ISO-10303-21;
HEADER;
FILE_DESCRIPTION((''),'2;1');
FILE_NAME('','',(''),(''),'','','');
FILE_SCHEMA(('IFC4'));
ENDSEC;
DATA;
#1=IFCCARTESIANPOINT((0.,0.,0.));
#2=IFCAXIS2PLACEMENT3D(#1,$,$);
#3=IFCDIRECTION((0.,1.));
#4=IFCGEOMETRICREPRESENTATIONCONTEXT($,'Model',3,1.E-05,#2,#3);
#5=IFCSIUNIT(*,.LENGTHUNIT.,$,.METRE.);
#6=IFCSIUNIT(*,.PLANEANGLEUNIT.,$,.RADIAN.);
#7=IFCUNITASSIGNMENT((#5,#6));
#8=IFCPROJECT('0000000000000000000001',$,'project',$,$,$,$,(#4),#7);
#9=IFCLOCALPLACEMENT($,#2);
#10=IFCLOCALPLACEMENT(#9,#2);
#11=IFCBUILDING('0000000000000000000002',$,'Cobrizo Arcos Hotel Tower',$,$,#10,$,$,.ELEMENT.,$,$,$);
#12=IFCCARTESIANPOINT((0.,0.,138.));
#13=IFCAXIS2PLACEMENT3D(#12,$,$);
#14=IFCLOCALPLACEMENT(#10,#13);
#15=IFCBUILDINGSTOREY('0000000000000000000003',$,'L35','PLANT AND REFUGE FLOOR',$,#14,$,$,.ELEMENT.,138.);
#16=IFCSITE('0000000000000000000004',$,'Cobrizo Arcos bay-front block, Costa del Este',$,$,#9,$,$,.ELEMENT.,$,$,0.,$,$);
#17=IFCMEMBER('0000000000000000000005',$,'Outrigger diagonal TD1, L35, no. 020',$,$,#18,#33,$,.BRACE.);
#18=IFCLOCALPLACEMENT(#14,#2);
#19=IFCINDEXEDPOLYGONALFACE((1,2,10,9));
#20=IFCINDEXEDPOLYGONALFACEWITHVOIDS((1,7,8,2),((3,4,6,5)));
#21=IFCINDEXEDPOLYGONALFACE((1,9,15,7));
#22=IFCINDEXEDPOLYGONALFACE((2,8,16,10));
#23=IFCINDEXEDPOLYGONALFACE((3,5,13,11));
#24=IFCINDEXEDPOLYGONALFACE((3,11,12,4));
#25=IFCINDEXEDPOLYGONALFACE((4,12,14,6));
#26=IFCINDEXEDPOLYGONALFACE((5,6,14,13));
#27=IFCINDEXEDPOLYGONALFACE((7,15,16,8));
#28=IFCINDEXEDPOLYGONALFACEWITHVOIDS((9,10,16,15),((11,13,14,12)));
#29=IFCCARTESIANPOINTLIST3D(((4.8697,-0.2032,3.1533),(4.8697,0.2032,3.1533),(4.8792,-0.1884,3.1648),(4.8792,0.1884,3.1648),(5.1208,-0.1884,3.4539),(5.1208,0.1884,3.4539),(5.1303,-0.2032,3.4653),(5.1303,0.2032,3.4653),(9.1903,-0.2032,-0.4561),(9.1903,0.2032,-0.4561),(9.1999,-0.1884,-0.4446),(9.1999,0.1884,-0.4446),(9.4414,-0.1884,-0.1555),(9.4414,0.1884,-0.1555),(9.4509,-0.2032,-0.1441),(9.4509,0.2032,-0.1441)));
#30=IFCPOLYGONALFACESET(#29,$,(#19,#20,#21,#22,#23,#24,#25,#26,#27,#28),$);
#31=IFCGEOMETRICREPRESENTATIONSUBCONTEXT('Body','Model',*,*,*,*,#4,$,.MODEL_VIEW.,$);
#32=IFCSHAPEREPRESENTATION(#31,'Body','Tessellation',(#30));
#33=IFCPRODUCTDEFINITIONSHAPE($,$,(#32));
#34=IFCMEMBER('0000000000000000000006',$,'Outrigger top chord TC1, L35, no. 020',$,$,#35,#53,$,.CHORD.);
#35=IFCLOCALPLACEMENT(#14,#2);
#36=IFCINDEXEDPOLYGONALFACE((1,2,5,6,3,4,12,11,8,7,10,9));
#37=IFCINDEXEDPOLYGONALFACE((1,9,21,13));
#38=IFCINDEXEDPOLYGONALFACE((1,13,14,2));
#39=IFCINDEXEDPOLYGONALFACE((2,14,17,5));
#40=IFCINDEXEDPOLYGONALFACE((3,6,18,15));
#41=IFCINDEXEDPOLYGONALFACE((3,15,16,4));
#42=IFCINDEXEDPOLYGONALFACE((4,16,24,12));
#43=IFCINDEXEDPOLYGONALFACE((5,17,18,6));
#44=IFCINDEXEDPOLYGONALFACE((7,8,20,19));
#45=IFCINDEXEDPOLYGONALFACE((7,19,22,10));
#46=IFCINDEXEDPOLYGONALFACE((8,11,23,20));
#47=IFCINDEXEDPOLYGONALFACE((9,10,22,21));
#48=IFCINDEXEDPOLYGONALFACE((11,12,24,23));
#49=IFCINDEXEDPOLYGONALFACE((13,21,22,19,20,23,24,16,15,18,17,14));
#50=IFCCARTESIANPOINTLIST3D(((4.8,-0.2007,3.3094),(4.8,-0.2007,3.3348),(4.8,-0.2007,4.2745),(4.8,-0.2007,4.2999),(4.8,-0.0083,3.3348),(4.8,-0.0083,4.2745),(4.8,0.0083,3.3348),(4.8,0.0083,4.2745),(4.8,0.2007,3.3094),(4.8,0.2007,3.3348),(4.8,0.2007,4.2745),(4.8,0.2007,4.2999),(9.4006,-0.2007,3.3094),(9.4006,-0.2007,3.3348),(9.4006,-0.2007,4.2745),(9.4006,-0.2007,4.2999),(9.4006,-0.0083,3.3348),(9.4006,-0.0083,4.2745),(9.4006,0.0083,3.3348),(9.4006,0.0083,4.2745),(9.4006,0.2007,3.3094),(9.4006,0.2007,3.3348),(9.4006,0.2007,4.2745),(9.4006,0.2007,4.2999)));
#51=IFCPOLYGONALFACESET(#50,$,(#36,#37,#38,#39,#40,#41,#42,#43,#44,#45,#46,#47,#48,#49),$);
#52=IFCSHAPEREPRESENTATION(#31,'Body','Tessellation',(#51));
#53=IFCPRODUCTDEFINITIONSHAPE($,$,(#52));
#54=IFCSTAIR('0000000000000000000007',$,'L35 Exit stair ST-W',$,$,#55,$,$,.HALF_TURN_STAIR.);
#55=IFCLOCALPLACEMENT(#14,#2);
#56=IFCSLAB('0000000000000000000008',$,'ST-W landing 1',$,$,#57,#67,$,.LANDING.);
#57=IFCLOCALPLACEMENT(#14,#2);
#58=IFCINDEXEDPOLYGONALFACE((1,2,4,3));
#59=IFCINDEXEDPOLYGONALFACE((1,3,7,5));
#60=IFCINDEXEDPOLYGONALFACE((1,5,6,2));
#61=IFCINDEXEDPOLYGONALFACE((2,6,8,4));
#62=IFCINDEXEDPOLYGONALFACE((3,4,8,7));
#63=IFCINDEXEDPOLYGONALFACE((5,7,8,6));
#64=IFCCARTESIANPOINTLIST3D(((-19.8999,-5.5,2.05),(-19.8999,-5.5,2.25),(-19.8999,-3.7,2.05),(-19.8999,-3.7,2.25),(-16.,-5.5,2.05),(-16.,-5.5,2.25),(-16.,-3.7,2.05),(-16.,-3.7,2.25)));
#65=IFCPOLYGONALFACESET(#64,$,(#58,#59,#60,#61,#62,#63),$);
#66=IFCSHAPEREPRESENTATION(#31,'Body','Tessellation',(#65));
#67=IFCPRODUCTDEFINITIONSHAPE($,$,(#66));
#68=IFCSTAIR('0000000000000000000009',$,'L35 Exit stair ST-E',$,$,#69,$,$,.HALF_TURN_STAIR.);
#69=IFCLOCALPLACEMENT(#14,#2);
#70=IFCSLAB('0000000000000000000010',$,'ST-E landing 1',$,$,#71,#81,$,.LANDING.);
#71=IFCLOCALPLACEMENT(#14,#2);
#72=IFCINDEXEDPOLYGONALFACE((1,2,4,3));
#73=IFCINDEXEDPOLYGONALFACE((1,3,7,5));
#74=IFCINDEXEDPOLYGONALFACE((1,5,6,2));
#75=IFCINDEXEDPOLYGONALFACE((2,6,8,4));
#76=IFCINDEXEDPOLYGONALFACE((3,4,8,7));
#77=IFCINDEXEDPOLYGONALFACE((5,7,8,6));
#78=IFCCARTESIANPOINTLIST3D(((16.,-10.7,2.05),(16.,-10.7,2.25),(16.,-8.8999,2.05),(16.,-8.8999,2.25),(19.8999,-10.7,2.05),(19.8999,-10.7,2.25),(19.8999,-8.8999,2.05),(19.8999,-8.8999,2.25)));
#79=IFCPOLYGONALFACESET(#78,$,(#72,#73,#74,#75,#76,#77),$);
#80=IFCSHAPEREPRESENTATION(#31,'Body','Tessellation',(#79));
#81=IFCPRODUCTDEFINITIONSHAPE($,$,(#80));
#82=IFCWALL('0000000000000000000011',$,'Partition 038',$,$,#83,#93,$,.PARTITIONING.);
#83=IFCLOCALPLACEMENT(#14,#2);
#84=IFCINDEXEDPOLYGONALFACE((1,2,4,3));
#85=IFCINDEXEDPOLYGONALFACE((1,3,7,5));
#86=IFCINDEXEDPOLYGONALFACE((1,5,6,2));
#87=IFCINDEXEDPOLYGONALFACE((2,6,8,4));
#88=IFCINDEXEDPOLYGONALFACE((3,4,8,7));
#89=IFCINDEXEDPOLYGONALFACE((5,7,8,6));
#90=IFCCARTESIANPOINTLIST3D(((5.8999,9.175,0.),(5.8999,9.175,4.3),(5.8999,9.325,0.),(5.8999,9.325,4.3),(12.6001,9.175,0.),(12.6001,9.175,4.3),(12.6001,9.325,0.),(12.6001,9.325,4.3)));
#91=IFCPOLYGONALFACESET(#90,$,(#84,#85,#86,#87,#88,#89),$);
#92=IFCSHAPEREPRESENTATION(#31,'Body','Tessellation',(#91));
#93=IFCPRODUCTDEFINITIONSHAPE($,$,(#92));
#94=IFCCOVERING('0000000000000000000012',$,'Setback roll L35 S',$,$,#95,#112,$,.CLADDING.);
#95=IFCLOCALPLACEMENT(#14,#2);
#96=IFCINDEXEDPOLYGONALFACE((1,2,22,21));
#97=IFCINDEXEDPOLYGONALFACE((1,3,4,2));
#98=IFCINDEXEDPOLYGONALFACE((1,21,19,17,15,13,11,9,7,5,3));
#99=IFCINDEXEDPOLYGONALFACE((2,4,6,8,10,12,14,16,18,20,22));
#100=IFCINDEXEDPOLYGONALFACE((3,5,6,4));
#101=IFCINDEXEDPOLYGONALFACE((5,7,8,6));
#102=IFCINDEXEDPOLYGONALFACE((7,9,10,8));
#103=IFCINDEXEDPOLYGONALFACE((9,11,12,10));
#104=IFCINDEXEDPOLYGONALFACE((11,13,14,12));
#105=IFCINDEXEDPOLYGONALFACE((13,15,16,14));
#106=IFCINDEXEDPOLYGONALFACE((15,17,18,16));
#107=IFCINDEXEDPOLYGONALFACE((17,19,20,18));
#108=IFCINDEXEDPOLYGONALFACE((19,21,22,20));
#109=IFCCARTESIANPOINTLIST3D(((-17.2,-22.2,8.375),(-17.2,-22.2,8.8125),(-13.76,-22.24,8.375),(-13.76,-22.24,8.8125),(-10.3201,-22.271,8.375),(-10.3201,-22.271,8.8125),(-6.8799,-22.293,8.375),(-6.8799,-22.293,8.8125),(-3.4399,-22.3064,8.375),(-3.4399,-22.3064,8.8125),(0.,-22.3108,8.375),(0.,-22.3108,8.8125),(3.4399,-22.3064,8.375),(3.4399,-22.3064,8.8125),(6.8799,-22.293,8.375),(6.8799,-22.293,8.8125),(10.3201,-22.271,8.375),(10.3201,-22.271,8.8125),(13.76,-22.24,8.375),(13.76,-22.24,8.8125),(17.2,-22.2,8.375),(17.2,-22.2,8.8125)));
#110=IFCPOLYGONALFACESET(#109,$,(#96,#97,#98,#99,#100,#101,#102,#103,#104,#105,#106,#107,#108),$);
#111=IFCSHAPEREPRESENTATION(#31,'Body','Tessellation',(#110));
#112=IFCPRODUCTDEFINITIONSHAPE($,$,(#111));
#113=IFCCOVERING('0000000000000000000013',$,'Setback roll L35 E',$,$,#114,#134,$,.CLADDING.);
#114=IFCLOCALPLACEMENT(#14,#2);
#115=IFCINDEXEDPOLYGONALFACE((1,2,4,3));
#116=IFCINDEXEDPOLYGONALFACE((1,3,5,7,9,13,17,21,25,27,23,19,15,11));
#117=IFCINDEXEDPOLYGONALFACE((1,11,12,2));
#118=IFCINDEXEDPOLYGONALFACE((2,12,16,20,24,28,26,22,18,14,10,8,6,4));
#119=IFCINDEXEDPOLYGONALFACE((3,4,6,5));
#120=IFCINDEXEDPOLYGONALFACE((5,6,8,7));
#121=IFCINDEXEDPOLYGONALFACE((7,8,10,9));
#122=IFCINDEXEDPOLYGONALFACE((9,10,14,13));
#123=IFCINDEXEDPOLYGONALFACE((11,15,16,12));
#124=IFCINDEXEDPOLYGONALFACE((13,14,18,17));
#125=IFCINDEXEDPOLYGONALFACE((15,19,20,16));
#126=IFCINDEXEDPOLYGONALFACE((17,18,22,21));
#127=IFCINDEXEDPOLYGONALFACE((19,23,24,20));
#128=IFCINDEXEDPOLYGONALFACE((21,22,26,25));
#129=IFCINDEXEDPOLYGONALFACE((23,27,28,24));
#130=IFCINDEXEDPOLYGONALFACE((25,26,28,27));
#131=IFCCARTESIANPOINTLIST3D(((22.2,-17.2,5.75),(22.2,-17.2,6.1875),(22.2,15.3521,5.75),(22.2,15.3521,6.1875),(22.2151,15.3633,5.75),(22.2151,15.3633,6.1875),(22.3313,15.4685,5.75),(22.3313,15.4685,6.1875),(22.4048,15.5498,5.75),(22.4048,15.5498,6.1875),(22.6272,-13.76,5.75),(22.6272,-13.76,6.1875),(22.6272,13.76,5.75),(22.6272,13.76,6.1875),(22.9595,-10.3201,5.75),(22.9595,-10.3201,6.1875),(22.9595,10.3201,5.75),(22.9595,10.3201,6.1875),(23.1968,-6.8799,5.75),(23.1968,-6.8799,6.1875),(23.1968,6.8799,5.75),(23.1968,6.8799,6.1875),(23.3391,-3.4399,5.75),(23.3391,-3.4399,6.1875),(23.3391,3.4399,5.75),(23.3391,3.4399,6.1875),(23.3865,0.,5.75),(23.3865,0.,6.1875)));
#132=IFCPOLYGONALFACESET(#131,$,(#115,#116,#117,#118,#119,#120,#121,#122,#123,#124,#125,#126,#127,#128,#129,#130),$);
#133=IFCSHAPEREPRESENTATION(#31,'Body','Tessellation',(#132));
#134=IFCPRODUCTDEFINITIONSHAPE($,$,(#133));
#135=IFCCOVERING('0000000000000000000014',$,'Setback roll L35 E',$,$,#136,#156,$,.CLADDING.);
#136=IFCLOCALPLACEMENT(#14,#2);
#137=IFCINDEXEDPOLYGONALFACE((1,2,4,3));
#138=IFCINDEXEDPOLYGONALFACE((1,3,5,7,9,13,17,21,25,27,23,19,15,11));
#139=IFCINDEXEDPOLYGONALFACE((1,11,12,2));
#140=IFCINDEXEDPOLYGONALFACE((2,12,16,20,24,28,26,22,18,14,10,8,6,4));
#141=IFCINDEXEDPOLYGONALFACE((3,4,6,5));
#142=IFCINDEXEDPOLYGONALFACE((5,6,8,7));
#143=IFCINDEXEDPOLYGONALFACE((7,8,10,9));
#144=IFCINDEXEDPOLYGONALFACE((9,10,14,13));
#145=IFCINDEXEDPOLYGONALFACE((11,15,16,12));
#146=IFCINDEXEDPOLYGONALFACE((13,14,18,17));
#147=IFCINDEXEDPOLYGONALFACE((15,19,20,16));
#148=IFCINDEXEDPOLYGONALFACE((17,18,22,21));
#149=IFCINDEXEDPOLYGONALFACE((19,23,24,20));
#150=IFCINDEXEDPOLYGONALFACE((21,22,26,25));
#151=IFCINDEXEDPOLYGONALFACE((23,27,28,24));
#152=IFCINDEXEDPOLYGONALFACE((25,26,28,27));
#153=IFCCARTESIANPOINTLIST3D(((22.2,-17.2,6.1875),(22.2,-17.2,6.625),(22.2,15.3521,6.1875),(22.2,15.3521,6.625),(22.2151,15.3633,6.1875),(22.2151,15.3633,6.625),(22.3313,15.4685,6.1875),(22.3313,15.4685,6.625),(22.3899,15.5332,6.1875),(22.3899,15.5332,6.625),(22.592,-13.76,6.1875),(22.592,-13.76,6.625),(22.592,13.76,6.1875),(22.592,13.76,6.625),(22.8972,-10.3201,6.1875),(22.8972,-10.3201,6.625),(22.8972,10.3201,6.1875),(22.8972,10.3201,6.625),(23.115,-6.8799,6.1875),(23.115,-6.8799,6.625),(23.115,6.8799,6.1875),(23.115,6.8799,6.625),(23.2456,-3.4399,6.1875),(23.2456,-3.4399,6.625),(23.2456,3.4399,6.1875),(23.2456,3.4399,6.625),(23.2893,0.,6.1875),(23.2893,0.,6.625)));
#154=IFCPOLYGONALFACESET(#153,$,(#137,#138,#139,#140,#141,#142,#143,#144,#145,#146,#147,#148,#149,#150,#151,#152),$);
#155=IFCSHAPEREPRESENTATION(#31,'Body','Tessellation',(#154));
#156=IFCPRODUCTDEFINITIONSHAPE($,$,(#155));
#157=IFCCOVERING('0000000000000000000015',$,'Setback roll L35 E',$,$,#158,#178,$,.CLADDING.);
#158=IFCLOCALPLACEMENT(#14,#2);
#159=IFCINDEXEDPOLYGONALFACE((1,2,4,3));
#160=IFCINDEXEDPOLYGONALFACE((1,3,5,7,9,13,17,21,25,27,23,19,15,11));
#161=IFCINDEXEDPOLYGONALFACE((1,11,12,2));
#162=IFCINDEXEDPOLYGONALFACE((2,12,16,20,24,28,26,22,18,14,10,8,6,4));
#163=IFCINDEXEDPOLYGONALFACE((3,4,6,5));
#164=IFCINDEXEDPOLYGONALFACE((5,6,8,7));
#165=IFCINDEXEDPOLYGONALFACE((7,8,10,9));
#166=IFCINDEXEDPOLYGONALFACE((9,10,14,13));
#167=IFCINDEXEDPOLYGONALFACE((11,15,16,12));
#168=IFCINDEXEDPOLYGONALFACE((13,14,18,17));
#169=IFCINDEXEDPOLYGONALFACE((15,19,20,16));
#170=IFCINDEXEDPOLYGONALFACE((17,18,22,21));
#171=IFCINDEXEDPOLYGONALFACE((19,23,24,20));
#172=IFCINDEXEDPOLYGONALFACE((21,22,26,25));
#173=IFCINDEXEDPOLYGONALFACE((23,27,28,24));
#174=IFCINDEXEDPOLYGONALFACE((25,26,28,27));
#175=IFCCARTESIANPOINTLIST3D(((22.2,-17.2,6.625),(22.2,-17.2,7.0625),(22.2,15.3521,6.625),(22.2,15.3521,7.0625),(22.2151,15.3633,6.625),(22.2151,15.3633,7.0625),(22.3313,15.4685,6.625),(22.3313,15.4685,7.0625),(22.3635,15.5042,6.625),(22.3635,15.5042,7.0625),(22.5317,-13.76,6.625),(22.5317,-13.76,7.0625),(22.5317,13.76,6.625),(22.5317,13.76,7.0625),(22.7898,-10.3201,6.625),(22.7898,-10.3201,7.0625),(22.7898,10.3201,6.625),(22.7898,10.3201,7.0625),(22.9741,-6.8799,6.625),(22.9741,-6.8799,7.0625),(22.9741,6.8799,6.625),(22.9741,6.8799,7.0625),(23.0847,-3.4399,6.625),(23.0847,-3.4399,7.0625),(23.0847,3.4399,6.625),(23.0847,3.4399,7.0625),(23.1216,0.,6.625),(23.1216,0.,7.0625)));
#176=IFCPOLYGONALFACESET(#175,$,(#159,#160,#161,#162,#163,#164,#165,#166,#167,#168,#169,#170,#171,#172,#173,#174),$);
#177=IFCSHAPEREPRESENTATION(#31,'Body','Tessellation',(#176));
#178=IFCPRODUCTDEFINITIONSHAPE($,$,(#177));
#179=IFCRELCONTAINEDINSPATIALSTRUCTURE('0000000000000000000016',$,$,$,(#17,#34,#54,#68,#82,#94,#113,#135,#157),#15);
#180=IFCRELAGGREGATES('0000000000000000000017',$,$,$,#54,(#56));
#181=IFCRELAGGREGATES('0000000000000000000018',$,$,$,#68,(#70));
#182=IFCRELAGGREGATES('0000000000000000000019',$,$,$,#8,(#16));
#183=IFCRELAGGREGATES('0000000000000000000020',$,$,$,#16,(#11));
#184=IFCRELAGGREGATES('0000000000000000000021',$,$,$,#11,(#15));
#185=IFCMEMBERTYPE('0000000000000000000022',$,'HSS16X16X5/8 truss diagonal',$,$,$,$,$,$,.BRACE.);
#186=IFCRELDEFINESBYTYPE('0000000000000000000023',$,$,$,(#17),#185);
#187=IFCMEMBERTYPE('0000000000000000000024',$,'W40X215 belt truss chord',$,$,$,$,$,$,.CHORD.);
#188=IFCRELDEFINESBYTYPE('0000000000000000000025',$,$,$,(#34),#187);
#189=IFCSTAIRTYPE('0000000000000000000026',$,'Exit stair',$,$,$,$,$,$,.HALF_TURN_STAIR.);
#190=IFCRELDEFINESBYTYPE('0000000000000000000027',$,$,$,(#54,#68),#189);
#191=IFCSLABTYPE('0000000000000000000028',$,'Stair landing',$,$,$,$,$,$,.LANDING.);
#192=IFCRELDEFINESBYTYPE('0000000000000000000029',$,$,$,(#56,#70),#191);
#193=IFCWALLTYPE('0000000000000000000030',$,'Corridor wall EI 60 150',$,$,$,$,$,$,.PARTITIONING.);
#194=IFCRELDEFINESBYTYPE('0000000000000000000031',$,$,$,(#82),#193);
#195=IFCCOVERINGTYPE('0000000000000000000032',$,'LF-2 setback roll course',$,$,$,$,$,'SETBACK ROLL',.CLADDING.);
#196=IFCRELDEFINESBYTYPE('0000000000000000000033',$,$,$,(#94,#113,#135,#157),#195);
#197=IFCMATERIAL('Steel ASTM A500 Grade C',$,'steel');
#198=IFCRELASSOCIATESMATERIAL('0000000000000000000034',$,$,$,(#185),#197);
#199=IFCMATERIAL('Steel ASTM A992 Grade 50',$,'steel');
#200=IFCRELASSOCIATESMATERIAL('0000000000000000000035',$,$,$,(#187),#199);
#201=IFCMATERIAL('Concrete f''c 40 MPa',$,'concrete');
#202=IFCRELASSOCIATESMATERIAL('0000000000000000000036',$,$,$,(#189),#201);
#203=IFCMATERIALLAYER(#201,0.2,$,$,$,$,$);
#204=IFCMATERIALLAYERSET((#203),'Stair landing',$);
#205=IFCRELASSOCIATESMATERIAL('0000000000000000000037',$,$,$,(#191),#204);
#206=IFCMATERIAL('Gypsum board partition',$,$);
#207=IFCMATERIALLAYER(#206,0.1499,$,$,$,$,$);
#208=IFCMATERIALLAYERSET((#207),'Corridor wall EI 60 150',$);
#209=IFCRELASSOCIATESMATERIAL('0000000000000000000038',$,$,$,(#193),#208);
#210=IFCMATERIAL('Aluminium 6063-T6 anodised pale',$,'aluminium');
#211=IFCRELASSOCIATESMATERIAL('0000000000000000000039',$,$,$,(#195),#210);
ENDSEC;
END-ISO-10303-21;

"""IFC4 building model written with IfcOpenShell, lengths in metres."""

from ifc_helpers import new_model, si_unit, direction, frame, frame_2d, origin, origin_2d, place, context, subcontext, project, spatial, polyline, rectangle, hollow_rectangle, i_section, outline, extrude, material, layer, layer_set, material_profile, profile_set, type_object, element, aggregate, save


model = new_model("IFC4")

# Units and contexts
model_context = context("Model", 3, precision=1e-05, world=origin(), true_north=direction((0.0, 1.0)))
body_context = subcontext(model_context, "Body", "Model", "MODEL_VIEW")
ifc_project = project(units=[si_unit("LENGTHUNIT", "METRE"), si_unit("PLANEANGLEUNIT", "RADIAN")], contexts=[model_context])

# Site, building, storey
site_placement = place(None, origin())
site = spatial("IfcSite", under=ifc_project, at=site_placement, Name="Cobrizo Arcos bay-front block, Costa del Este", CompositionType="ELEMENT", RefElevation=0.0)
building_placement = place(site_placement, origin())
building = spatial("IfcBuilding", under=site, at=building_placement, Name="Cobrizo Arcos Hotel Tower", CompositionType="ELEMENT")
storey_placement = place(building_placement, frame((0.0, 0.0, 138.0)))
storey = spatial("IfcBuildingStorey", under=building, at=storey_placement, Name="L35", Description="PLANT AND REFUGE FLOOR", CompositionType="ELEMENT", Elevation=138.0)

# Members
ifc_material_1 = material(Name="Steel ASTM A500 Grade C", Category="steel")
ifc_material_profile_1 = material_profile(ifc_material_1, hollow_rectangle(XDim=0.4065, YDim=0.4065, WallThickness=0.0149, at=origin_2d()), Name="HSS16X16X5/8")
ifc_profile_set_1 = profile_set([ifc_material_profile_1], Name="Steel ASTM A500 Grade C")
member_type_1 = type_object("IfcMemberType", Name="HSS16X16X5/8 truss diagonal", PredefinedType="BRACE", material=ifc_profile_set_1)
member_1_placement = place(storey_placement, frame((5.0, 0.0, 3.3093), z_axis=(0.767442, 0.0, -0.641118), x_axis=(0.0, 1.0, 0.0)))
element("IfcMember", 1, at=member_1_placement, inside=storey, type_object=member_type_1, Name="Outrigger diagonal TD1, L35, no. 020", PredefinedType="BRACE", context=body_context, shape_type="SweptSolid", body=[
    extrude(hollow_rectangle(XDim=0.4065, YDim=0.4065, WallThickness=0.0149, at=origin_2d()), origin(), (0.0, 0.0, 1.0), 5.6299),
])
ifc_material_2 = material(Name="Steel ASTM A992 Grade 50", Category="steel")
ifc_material_profile_2 = material_profile(ifc_material_2, i_section(OverallWidth=0.4014, OverallDepth=0.9905, WebThickness=0.0166, FlangeThickness=0.0254, at=origin_2d()), Name="W40X215")
ifc_profile_set_2 = profile_set([ifc_material_profile_2], Name="Steel ASTM A992 Grade 50")
member_type_2 = type_object("IfcMemberType", Name="W40X215 belt truss chord", PredefinedType="CHORD", material=ifc_profile_set_2)
member_2_placement = place(storey_placement, frame((4.8, 0.0, 3.8047), z_axis=(1.0, 0.0, 0.0), x_axis=(0.0, 1.0, 0.0)))
element("IfcMember", 2, at=member_2_placement, inside=storey, type_object=member_type_2, Name="Outrigger top chord TC1, L35, no. 020", PredefinedType="CHORD", context=body_context, shape_type="SweptSolid", body=[
    extrude(i_section(OverallWidth=0.4014, OverallDepth=0.9905, WebThickness=0.0166, FlangeThickness=0.0254, at=origin_2d()), origin(), (0.0, 0.0, 1.0), 4.6006),
])

# Stairs, slabs
ifc_material_3 = material(Name="Concrete f'c 40 MPa", Category="concrete")
stair_type = type_object("IfcStairType", Name="Exit stair", PredefinedType="HALF_TURN_STAIR", material=ifc_material_3)
stair_1_placement = place(storey_placement, origin())
stair_1 = element("IfcStair", 3, at=stair_1_placement, inside=storey, type_object=stair_type, Name="L35 Exit stair ST-W", PredefinedType="HALF_TURN_STAIR")
ifc_layer_1 = layer(ifc_material_3, 0.2)
ifc_layer_set_1 = layer_set([ifc_layer_1], Name="Stair landing")
slab_type = type_object("IfcSlabType", Name="Stair landing", PredefinedType="LANDING", material=ifc_layer_set_1)
slab_1_placement = place(storey_placement, frame((0.0, 0.0, 2.05)))
slab_1 = element("IfcSlab", 4, at=slab_1_placement, type_object=slab_type, Name="ST-W landing 1", PredefinedType="LANDING", context=body_context, shape_type="SweptSolid", body=[
    extrude(outline(polyline([(-16.0, -5.5), (-16.0, -3.7), (-19.8999, -3.7), (-19.8999, -5.5), (-16.0, -5.5)])), origin(), (0.0, 0.0, 1.0), 0.2),
])
aggregate(stair_1, [slab_1])
stair_2_placement = place(storey_placement, origin())
stair_2 = element("IfcStair", 5, at=stair_2_placement, inside=storey, type_object=stair_type, Name="L35 Exit stair ST-E", PredefinedType="HALF_TURN_STAIR")
slab_2_placement = place(storey_placement, frame((0.0, 0.0, 2.05)))
slab_2 = element("IfcSlab", 6, at=slab_2_placement, type_object=slab_type, Name="ST-E landing 1", PredefinedType="LANDING", context=body_context, shape_type="SweptSolid", body=[
    extrude(outline(polyline([(16.0, -8.8999), (16.0, -10.7), (19.8999, -10.7), (19.8999, -8.8999), (16.0, -8.8999)])), origin(), (0.0, 0.0, 1.0), 0.2),
])
aggregate(stair_2, [slab_2])

# Wall
ifc_material_4 = material(Name="Gypsum board partition")
ifc_layer_2 = layer(ifc_material_4, 0.1499)
ifc_layer_set_2 = layer_set([ifc_layer_2], Name="Corridor wall EI 60 150")
wall_type = type_object("IfcWallType", Name="Corridor wall EI 60 150", PredefinedType="PARTITIONING", material=ifc_layer_set_2)
wall_placement = place(storey_placement, frame((5.8999, 9.25, 0.0), z_axis=(0.0, 0.0, 1.0), x_axis=(1.0, 0.0, 0.0)))
element("IfcWall", 7, at=wall_placement, inside=storey, type_object=wall_type, Name="Partition 038", PredefinedType="PARTITIONING", context=body_context, shape_type="SweptSolid", body=[
    extrude(rectangle(XDim=6.7002, YDim=0.1499, at=frame_2d((3.3501, 0.0))), origin(), (0.0, 0.0, 1.0), 4.3),
])

# Coverings
ifc_material_5 = material(Name="Aluminium 6063-T6 anodised pale", Category="aluminium")
covering_type = type_object("IfcCoveringType", Name="LF-2 setback roll course", ElementType="SETBACK ROLL", PredefinedType="CLADDING", material=ifc_material_5)
covering_1_placement = place(storey_placement, frame((0.0, 0.0, 8.375)))
element("IfcCovering", 8, at=covering_1_placement, inside=storey, type_object=covering_type, Name="Setback roll L35 S", PredefinedType="CLADDING", context=body_context, shape_type="SweptSolid", body=[
    extrude(outline(polyline([(17.2, -22.2), (13.76, -22.24), (10.3201, -22.271), (6.8799, -22.293), (3.4399, -22.3064), (0.0, -22.3108), (-3.4399, -22.3064), (-6.8799, -22.293), (-10.3201, -22.271), (-13.76, -22.24), (-17.2, -22.2), (17.2, -22.2)])), origin(), (0.0, 0.0, 1.0), 0.4375),
])
covering_2_placement = place(storey_placement, frame((0.0, 0.0, 5.75)))
element("IfcCovering", 9, at=covering_2_placement, inside=storey, type_object=covering_type, Name="Setback roll L35 E", PredefinedType="CLADDING", context=body_context, shape_type="SweptSolid", body=[
    extrude(outline(polyline([(22.6272, 13.76), (22.9595, 10.3201), (23.1968, 6.8799), (23.3391, 3.4399), (23.3865, 0.0), (23.3391, -3.4399), (23.1968, -6.8799), (22.9595, -10.3201), (22.6272, -13.76), (22.2, -17.2), (22.2, 15.3521), (22.2151, 15.3633), (22.3313, 15.4685), (22.4048, 15.5498), (22.6272, 13.76)])), origin(), (0.0, 0.0, 1.0), 0.4375),
])
covering_3_placement = place(storey_placement, frame((0.0, 0.0, 6.1875)))
element("IfcCovering", 10, at=covering_3_placement, inside=storey, type_object=covering_type, Name="Setback roll L35 E", PredefinedType="CLADDING", context=body_context, shape_type="SweptSolid", body=[
    extrude(outline(polyline([(22.592, 13.76), (22.8972, 10.3201), (23.115, 6.8799), (23.2456, 3.4399), (23.2893, 0.0), (23.2456, -3.4399), (23.115, -6.8799), (22.8972, -10.3201), (22.592, -13.76), (22.2, -17.2), (22.2, 15.3521), (22.2151, 15.3633), (22.3313, 15.4685), (22.3899, 15.5332), (22.592, 13.76)])), origin(), (0.0, 0.0, 1.0), 0.4375),
])
covering_4_placement = place(storey_placement, frame((0.0, 0.0, 6.625)))
element("IfcCovering", 11, at=covering_4_placement, inside=storey, type_object=covering_type, Name="Setback roll L35 E", PredefinedType="CLADDING", context=body_context, shape_type="SweptSolid", body=[
    extrude(outline(polyline([(22.5317, 13.76), (22.7898, 10.3201), (22.9741, 6.8799), (23.0847, 3.4399), (23.1216, 0.0), (23.0847, -3.4399), (22.9741, -6.8799), (22.7898, -10.3201), (22.5317, -13.76), (22.2, -17.2), (22.2, 15.3521), (22.2151, 15.3633), (22.3313, 15.4685), (22.3635, 15.5042), (22.5317, 13.76)])), origin(), (0.0, 0.0, 1.0), 0.4375),
])

save(model, "model.ifc")
